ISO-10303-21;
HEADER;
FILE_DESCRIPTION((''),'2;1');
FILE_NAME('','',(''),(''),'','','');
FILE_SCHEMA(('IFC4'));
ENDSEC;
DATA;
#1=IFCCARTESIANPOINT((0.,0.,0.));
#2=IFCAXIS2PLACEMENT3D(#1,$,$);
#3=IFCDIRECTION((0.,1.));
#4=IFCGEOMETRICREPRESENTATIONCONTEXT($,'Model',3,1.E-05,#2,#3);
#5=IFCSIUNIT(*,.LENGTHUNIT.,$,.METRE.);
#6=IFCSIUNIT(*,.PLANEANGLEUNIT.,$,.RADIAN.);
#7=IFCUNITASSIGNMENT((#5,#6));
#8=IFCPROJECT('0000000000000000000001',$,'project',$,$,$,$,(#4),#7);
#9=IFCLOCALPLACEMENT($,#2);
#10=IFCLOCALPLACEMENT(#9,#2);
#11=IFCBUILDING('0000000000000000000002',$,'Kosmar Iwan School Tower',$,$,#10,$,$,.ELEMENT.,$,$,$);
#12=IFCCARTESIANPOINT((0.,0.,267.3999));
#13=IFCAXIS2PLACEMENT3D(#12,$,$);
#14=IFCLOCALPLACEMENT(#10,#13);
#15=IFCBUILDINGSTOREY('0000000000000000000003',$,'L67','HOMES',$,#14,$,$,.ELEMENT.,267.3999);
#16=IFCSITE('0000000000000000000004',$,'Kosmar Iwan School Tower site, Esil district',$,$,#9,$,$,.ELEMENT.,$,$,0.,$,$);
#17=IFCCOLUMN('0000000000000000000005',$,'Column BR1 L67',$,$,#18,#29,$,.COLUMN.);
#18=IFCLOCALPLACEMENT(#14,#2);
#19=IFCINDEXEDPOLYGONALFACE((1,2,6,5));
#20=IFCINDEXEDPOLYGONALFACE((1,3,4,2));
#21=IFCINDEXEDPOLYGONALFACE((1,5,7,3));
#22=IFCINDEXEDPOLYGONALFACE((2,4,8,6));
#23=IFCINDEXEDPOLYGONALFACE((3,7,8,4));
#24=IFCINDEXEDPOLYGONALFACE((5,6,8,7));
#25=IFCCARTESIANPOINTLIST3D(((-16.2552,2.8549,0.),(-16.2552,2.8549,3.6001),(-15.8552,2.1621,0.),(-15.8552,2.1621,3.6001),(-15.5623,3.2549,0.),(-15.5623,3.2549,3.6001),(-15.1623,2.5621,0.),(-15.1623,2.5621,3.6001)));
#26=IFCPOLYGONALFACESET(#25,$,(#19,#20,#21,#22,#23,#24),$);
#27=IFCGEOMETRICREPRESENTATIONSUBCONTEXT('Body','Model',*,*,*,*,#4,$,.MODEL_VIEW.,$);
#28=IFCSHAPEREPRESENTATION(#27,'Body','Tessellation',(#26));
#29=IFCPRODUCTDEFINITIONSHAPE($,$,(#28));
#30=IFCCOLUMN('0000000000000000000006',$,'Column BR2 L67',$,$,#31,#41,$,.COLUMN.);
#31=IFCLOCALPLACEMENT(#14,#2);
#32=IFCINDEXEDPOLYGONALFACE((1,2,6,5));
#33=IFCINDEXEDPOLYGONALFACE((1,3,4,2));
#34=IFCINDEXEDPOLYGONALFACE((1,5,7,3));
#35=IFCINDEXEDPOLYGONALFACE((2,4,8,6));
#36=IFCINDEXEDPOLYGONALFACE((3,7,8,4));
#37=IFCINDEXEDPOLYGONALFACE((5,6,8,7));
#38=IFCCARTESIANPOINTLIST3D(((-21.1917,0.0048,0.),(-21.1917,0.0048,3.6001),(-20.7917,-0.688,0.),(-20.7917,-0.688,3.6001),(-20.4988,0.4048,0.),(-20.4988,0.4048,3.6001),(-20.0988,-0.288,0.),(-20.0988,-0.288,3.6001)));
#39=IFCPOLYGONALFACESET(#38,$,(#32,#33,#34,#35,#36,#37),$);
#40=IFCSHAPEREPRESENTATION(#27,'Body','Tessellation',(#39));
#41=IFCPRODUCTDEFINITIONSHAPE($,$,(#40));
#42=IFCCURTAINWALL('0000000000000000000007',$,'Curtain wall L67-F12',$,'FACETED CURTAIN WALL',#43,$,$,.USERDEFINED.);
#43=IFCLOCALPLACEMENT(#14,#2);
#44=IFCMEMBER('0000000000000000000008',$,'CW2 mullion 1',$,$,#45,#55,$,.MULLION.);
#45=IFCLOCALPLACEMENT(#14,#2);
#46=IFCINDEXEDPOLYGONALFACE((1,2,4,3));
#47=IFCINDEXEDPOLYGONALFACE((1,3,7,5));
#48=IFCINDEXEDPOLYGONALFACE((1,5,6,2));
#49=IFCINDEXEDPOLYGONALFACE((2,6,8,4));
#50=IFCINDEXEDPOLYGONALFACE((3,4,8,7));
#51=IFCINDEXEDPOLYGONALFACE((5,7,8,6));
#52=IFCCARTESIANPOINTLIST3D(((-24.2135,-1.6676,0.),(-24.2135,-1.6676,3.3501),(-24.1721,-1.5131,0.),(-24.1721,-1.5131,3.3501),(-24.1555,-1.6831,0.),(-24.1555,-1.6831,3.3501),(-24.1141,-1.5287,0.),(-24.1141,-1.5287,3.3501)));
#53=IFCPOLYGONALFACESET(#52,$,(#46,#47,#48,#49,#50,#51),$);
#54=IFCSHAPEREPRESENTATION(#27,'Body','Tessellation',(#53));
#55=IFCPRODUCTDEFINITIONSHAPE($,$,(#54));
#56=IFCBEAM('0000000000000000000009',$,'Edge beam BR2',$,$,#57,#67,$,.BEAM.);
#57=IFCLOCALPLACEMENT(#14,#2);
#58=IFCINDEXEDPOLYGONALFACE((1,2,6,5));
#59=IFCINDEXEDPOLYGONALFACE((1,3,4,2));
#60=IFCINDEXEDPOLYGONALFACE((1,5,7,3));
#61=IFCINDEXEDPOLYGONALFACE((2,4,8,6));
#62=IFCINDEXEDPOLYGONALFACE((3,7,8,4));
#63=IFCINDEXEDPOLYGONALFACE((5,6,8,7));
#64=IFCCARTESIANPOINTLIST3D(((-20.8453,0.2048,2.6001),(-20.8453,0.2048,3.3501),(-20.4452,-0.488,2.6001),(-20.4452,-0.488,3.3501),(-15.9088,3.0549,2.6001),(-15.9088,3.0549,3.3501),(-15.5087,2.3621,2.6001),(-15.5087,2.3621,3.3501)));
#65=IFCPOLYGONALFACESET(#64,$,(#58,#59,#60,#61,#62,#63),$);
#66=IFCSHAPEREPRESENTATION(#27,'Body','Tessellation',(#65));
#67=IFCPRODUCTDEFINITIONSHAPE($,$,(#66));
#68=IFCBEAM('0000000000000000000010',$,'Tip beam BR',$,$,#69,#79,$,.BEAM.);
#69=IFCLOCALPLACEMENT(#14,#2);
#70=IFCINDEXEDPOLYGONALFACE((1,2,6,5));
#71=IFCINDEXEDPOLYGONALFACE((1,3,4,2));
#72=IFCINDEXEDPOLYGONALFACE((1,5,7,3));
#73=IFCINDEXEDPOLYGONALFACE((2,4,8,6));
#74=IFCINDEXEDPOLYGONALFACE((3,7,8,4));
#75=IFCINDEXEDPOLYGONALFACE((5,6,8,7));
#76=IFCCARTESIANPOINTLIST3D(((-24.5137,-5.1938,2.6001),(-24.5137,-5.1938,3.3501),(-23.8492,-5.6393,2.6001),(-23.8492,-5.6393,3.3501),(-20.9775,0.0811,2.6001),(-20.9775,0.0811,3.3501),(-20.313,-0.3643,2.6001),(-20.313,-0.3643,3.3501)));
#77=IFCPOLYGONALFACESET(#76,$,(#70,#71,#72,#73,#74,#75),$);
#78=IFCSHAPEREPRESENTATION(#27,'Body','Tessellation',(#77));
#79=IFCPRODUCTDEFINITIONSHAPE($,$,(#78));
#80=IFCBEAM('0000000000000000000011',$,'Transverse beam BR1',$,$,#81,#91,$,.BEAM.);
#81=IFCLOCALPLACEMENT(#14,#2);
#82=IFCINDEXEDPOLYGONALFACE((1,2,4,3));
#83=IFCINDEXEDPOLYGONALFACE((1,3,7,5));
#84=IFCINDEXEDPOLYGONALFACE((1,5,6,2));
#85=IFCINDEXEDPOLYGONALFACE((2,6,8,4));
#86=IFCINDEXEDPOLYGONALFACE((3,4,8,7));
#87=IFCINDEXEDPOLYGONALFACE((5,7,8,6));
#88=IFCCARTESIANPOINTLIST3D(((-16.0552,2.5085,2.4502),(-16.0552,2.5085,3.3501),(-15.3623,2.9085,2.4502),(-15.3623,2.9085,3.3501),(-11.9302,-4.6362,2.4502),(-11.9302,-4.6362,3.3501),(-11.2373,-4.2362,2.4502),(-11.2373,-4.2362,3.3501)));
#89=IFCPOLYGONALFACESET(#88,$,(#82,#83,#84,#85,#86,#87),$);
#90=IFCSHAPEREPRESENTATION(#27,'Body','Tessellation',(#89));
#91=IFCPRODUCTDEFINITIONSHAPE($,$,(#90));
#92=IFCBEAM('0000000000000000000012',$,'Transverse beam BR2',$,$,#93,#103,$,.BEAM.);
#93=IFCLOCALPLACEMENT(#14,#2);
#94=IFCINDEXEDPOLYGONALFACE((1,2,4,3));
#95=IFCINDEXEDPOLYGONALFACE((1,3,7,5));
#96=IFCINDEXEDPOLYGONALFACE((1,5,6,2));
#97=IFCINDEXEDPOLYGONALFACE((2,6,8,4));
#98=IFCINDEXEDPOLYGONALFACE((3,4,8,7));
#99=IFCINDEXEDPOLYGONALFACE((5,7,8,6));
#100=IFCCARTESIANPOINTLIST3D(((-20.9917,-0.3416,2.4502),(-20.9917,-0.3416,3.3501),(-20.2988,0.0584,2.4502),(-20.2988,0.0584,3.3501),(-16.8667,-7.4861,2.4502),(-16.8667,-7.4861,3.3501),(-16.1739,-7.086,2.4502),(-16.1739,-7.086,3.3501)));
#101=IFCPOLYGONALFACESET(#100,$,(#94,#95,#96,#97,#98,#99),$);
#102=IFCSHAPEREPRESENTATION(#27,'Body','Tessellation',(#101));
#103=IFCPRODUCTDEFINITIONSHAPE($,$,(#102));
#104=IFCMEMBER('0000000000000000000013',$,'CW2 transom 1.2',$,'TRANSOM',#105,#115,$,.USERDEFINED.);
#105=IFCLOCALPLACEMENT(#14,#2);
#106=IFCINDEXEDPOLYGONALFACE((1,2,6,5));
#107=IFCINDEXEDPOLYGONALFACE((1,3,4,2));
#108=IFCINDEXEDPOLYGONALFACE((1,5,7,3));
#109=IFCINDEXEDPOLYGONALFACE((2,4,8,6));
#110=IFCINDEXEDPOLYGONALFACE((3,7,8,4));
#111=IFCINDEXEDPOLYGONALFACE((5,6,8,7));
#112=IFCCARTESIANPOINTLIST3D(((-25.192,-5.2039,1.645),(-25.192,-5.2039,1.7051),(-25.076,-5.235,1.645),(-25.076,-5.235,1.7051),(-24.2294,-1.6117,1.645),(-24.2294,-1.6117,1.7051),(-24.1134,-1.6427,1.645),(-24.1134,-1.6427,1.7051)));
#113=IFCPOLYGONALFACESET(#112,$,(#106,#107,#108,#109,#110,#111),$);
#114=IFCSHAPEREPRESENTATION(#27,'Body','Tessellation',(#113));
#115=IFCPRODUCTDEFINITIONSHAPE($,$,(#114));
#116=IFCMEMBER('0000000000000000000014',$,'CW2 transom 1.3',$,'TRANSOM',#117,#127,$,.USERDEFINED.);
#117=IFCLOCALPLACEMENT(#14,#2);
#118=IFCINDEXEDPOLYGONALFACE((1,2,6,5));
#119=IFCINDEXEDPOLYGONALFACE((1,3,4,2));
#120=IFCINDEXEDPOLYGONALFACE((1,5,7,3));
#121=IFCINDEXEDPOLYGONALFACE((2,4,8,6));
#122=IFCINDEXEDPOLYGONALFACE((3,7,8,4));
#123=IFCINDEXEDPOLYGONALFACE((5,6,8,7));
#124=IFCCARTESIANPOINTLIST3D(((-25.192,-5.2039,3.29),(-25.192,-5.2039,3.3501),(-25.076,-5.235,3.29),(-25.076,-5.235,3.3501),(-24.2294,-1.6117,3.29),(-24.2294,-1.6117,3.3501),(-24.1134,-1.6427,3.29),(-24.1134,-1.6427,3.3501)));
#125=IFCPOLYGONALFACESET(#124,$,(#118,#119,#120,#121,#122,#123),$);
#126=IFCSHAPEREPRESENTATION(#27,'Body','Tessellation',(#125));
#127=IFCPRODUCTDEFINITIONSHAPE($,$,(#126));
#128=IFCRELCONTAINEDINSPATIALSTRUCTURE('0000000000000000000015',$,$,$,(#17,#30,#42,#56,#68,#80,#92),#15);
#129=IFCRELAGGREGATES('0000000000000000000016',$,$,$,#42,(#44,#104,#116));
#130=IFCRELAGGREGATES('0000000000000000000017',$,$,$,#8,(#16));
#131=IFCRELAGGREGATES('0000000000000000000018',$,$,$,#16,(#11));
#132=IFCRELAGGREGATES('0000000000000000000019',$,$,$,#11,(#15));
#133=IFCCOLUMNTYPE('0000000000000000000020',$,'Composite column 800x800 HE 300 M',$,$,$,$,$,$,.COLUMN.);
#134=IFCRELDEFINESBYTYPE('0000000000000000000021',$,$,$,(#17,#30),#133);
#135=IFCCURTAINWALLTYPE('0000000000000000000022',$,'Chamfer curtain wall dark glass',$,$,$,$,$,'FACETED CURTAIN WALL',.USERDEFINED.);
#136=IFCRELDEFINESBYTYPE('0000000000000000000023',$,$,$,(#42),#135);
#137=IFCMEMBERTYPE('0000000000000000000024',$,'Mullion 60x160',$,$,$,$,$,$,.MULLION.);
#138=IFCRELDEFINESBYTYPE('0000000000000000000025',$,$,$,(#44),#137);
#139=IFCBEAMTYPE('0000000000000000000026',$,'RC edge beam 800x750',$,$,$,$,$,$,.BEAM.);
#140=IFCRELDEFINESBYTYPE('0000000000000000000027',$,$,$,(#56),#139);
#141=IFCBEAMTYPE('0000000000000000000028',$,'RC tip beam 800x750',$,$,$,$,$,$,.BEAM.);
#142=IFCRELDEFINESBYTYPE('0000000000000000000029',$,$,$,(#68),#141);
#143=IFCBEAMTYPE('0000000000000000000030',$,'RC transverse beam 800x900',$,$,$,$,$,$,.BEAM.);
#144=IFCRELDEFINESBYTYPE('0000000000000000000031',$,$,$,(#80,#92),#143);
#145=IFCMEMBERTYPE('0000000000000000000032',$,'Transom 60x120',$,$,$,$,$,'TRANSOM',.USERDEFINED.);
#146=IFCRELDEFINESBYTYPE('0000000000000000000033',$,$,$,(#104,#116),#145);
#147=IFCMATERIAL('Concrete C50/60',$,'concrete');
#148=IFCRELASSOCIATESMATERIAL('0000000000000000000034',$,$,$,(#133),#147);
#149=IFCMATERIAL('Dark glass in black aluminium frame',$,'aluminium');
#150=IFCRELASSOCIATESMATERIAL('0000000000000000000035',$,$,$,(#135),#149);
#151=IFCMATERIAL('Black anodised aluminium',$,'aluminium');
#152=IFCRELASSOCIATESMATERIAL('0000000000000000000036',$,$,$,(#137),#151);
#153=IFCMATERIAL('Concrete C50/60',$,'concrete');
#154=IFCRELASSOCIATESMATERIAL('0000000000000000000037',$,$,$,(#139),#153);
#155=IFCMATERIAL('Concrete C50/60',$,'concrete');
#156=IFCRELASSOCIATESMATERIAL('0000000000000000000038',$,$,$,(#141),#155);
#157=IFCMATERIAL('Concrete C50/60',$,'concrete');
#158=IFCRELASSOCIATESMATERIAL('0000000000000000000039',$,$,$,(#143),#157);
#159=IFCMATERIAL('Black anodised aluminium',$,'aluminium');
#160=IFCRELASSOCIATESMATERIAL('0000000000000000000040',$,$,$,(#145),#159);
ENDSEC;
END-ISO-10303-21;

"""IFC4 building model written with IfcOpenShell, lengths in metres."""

from ifc_helpers import new_model, si_unit, direction, frame, origin, origin_2d, place, context, subcontext, project, spatial, rectangle, extrude, material, material_profile, profile_set, type_object, element, aggregate, save


model = new_model("IFC4")

# Units and contexts
model_context = context("Model", 3, precision=1e-05, world=origin(), true_north=direction((0.0, 1.0)))
body_context = subcontext(model_context, "Body", "Model", "MODEL_VIEW")
ifc_project = project(units=[si_unit("LENGTHUNIT", "METRE"), si_unit("PLANEANGLEUNIT", "RADIAN")], contexts=[model_context])

# Site, building, storey
site_placement = place(None, origin())
site = spatial("IfcSite", under=ifc_project, at=site_placement, Name="Kosmar Iwan School Tower site, Esil district", CompositionType="ELEMENT", RefElevation=0.0)
building_placement = place(site_placement, origin())
building = spatial("IfcBuilding", under=site, at=building_placement, Name="Kosmar Iwan School Tower", CompositionType="ELEMENT")
storey_placement = place(building_placement, frame((0.0, 0.0, 267.3999)))
storey = spatial("IfcBuildingStorey", under=building, at=storey_placement, Name="L67", Description="HOMES", CompositionType="ELEMENT", Elevation=267.3999)

# Columns
ifc_material_1 = material(Name="Concrete C50/60", Category="concrete")
ifc_material_profile_1 = material_profile(ifc_material_1, rectangle(XDim=0.8, YDim=0.8, at=origin_2d()), Name="RC 800x800 + HE 300 M")
ifc_profile_set_1 = profile_set([ifc_material_profile_1], Name="Concrete C50/60")
column_type = type_object("IfcColumnType", Name="Composite column 800x800 HE 300 M", PredefinedType="COLUMN", material=ifc_profile_set_1)
for number, where, z_axis, x_axis, name in (
    (1, (-15.7087, 2.7085, 0.0), (0.0, 0.0, 1.0), (-0.866025, -0.5, 0.0), "Column BR1 L67"),
    (2, (-20.6453, -0.1416, 0.0), (0.0, 0.0, 1.0), (-0.866025, -0.5, 0.0), "Column BR2 L67"),
):
    element("IfcColumn", number, at=place(storey_placement, frame(where, z_axis=z_axis, x_axis=x_axis)), inside=storey, type_object=column_type, Name=name, PredefinedType="COLUMN", context=body_context, shape_type="SweptSolid", body=[
        extrude(rectangle(XDim=0.8, YDim=0.8, at=origin_2d()), origin(), (0.0, 0.0, 1.0), 3.6001),
    ])

# Curtain wall, member
ifc_material_2 = material(Name="Dark glass in black aluminium frame", Category="aluminium")
curtain_wall_type = type_object("IfcCurtainWallType", Name="Chamfer curtain wall dark glass", ElementType="FACETED CURTAIN WALL", PredefinedType="USERDEFINED", material=ifc_material_2)
curtain_wall_placement = place(storey_placement, origin())
curtain_wall = element("IfcCurtainWall", 3, at=curtain_wall_placement, inside=storey, type_object=curtain_wall_type, Name="Curtain wall L67-F12", ObjectType="FACETED CURTAIN WALL", PredefinedType="USERDEFINED")
ifc_material_3 = material(Name="Black anodised aluminium", Category="aluminium")
ifc_material_profile_2 = material_profile(ifc_material_3, rectangle(XDim=0.0601, YDim=0.1599, at=origin_2d()), Name="MULLION 60x160")
ifc_profile_set_2 = profile_set([ifc_material_profile_2], Name="Black anodised aluminium")
member_type_1 = type_object("IfcMemberType", Name="Mullion 60x160", PredefinedType="MULLION", material=ifc_profile_set_2)
member_1_placement = place(storey_placement, frame((-24.1638, -1.5981, 0.0), z_axis=(0.0, 0.0, 1.0), x_axis=(0.965926, -0.258819, 0.0)))
member_1 = element("IfcMember", 4, at=member_1_placement, type_object=member_type_1, Name="CW2 mullion 1", PredefinedType="MULLION", context=body_context, shape_type="SweptSolid", body=[
    extrude(rectangle(XDim=0.0601, YDim=0.1599, at=origin_2d()), origin(), (0.0, 0.0, 1.0), 3.3501),
])

# Beams
ifc_material_4 = material(Name="Concrete C50/60", Category="concrete")
ifc_material_profile_3 = material_profile(ifc_material_4, rectangle(XDim=0.8, YDim=0.75, at=origin_2d()), Name="RC 800x750")
ifc_profile_set_3 = profile_set([ifc_material_profile_3], Name="Concrete C50/60")
beam_type_1 = type_object("IfcBeamType", Name="RC edge beam 800x750", PredefinedType="BEAM", material=ifc_profile_set_3)
beam_1_placement = place(storey_placement, frame((-15.7087, 2.7085, 2.9751), z_axis=(-0.866026, -0.499999, 0.0), x_axis=(0.499999, -0.866026, 0.0)))
element("IfcBeam", 5, at=beam_1_placement, inside=storey, type_object=beam_type_1, Name="Edge beam BR2", PredefinedType="BEAM", context=body_context, shape_type="SweptSolid", body=[
    extrude(rectangle(XDim=0.8, YDim=0.75, at=origin_2d()), origin(), (0.0, 0.0, 1.0), 5.7002),
])
ifc_material_5 = material(Name="Concrete C50/60", Category="concrete")
ifc_material_profile_4 = material_profile(ifc_material_5, rectangle(XDim=0.8, YDim=0.75, at=origin_2d()), Name="RC 800x750")
ifc_profile_set_4 = profile_set([ifc_material_profile_4], Name="Concrete C50/60")
beam_type_2 = type_object("IfcBeamType", Name="RC tip beam 800x750", PredefinedType="BEAM", material=ifc_profile_set_4)
beam_2_placement = place(storey_placement, frame((-20.6453, -0.1416, 2.9751), z_axis=(-0.556828, -0.830628, 0.0), x_axis=(0.830628, -0.556828, 0.0)))
element("IfcBeam", 6, at=beam_2_placement, inside=storey, type_object=beam_type_2, Name="Tip beam BR", PredefinedType="BEAM", context=body_context, shape_type="SweptSolid", body=[
    extrude(rectangle(XDim=0.8, YDim=0.75, at=origin_2d()), origin(), (0.0, 0.0, 1.0), 6.3506),
])
ifc_material_6 = material(Name="Concrete C50/60", Category="concrete")
ifc_material_profile_5 = material_profile(ifc_material_6, rectangle(XDim=0.8, YDim=0.8999, at=origin_2d()), Name="RC 800x900")
ifc_profile_set_5 = profile_set([ifc_material_profile_5], Name="Concrete C50/60")
beam_type_3 = type_object("IfcBeamType", Name="RC transverse beam 800x900", PredefinedType="BEAM", material=ifc_profile_set_5)
beam_3_placement = place(storey_placement, frame((-15.7087, 2.7085, 2.9001), z_axis=(0.499997, -0.866027, 0.0), x_axis=(0.866027, 0.499997, 0.0)))
element("IfcBeam", 7, at=beam_3_placement, inside=storey, type_object=beam_type_3, Name="Transverse beam BR1", PredefinedType="BEAM", context=body_context, shape_type="SweptSolid", body=[
    extrude(rectangle(XDim=0.8, YDim=0.8999, at=origin_2d()), origin(), (0.0, 0.0, 1.0), 8.25),
])
beam_4_placement = place(storey_placement, frame((-20.6453, -0.1416, 2.9001), z_axis=(0.500009, -0.86602, 0.0), x_axis=(0.86602, 0.500009, 0.0)))
element("IfcBeam", 8, at=beam_4_placement, inside=storey, type_object=beam_type_3, Name="Transverse beam BR2", PredefinedType="BEAM", context=body_context, shape_type="SweptSolid", body=[
    extrude(rectangle(XDim=0.8, YDim=0.8999, at=origin_2d()), origin(), (0.0, 0.0, 1.0), 8.2498),
])

# Members
ifc_material_7 = material(Name="Black anodised aluminium", Category="aluminium")
ifc_material_profile_6 = material_profile(ifc_material_7, rectangle(XDim=0.1201, YDim=0.0601, at=origin_2d()), Name="TRANSOM 60x120")
ifc_profile_set_6 = profile_set([ifc_material_profile_6], Name="Black anodised aluminium")
member_type_2 = type_object("IfcMemberType", Name="Transom 60x120", ElementType="TRANSOM", PredefinedType="USERDEFINED", material=ifc_profile_set_6)
member_2_placement = place(storey_placement, frame((-24.1714, -1.6272, 1.675), z_axis=(-0.258843, -0.965919, 0.0), x_axis=(0.965919, -0.258843, 0.0)))
member_2 = element("IfcMember", 9, at=member_2_placement, type_object=member_type_2, Name="CW2 transom 1.2", ObjectType="TRANSOM", PredefinedType="USERDEFINED", context=body_context, shape_type="SweptSolid", body=[
    extrude(rectangle(XDim=0.1201, YDim=0.0601, at=origin_2d()), origin(), (0.0, 0.0, 1.0), 3.719),
])
member_3_placement = place(storey_placement, frame((-24.1714, -1.6272, 3.3201), z_axis=(-0.258843, -0.965919, 0.0), x_axis=(0.965919, -0.258843, 0.0)))
member_3 = element("IfcMember", 10, at=member_3_placement, type_object=member_type_2, Name="CW2 transom 1.3", ObjectType="TRANSOM", PredefinedType="USERDEFINED", context=body_context, shape_type="SweptSolid", body=[
    extrude(rectangle(XDim=0.1201, YDim=0.0601, at=origin_2d()), origin(), (0.0, 0.0, 1.0), 3.719),
])
aggregate(curtain_wall, [member_1, member_2, member_3])

save(model, "model.ifc")
